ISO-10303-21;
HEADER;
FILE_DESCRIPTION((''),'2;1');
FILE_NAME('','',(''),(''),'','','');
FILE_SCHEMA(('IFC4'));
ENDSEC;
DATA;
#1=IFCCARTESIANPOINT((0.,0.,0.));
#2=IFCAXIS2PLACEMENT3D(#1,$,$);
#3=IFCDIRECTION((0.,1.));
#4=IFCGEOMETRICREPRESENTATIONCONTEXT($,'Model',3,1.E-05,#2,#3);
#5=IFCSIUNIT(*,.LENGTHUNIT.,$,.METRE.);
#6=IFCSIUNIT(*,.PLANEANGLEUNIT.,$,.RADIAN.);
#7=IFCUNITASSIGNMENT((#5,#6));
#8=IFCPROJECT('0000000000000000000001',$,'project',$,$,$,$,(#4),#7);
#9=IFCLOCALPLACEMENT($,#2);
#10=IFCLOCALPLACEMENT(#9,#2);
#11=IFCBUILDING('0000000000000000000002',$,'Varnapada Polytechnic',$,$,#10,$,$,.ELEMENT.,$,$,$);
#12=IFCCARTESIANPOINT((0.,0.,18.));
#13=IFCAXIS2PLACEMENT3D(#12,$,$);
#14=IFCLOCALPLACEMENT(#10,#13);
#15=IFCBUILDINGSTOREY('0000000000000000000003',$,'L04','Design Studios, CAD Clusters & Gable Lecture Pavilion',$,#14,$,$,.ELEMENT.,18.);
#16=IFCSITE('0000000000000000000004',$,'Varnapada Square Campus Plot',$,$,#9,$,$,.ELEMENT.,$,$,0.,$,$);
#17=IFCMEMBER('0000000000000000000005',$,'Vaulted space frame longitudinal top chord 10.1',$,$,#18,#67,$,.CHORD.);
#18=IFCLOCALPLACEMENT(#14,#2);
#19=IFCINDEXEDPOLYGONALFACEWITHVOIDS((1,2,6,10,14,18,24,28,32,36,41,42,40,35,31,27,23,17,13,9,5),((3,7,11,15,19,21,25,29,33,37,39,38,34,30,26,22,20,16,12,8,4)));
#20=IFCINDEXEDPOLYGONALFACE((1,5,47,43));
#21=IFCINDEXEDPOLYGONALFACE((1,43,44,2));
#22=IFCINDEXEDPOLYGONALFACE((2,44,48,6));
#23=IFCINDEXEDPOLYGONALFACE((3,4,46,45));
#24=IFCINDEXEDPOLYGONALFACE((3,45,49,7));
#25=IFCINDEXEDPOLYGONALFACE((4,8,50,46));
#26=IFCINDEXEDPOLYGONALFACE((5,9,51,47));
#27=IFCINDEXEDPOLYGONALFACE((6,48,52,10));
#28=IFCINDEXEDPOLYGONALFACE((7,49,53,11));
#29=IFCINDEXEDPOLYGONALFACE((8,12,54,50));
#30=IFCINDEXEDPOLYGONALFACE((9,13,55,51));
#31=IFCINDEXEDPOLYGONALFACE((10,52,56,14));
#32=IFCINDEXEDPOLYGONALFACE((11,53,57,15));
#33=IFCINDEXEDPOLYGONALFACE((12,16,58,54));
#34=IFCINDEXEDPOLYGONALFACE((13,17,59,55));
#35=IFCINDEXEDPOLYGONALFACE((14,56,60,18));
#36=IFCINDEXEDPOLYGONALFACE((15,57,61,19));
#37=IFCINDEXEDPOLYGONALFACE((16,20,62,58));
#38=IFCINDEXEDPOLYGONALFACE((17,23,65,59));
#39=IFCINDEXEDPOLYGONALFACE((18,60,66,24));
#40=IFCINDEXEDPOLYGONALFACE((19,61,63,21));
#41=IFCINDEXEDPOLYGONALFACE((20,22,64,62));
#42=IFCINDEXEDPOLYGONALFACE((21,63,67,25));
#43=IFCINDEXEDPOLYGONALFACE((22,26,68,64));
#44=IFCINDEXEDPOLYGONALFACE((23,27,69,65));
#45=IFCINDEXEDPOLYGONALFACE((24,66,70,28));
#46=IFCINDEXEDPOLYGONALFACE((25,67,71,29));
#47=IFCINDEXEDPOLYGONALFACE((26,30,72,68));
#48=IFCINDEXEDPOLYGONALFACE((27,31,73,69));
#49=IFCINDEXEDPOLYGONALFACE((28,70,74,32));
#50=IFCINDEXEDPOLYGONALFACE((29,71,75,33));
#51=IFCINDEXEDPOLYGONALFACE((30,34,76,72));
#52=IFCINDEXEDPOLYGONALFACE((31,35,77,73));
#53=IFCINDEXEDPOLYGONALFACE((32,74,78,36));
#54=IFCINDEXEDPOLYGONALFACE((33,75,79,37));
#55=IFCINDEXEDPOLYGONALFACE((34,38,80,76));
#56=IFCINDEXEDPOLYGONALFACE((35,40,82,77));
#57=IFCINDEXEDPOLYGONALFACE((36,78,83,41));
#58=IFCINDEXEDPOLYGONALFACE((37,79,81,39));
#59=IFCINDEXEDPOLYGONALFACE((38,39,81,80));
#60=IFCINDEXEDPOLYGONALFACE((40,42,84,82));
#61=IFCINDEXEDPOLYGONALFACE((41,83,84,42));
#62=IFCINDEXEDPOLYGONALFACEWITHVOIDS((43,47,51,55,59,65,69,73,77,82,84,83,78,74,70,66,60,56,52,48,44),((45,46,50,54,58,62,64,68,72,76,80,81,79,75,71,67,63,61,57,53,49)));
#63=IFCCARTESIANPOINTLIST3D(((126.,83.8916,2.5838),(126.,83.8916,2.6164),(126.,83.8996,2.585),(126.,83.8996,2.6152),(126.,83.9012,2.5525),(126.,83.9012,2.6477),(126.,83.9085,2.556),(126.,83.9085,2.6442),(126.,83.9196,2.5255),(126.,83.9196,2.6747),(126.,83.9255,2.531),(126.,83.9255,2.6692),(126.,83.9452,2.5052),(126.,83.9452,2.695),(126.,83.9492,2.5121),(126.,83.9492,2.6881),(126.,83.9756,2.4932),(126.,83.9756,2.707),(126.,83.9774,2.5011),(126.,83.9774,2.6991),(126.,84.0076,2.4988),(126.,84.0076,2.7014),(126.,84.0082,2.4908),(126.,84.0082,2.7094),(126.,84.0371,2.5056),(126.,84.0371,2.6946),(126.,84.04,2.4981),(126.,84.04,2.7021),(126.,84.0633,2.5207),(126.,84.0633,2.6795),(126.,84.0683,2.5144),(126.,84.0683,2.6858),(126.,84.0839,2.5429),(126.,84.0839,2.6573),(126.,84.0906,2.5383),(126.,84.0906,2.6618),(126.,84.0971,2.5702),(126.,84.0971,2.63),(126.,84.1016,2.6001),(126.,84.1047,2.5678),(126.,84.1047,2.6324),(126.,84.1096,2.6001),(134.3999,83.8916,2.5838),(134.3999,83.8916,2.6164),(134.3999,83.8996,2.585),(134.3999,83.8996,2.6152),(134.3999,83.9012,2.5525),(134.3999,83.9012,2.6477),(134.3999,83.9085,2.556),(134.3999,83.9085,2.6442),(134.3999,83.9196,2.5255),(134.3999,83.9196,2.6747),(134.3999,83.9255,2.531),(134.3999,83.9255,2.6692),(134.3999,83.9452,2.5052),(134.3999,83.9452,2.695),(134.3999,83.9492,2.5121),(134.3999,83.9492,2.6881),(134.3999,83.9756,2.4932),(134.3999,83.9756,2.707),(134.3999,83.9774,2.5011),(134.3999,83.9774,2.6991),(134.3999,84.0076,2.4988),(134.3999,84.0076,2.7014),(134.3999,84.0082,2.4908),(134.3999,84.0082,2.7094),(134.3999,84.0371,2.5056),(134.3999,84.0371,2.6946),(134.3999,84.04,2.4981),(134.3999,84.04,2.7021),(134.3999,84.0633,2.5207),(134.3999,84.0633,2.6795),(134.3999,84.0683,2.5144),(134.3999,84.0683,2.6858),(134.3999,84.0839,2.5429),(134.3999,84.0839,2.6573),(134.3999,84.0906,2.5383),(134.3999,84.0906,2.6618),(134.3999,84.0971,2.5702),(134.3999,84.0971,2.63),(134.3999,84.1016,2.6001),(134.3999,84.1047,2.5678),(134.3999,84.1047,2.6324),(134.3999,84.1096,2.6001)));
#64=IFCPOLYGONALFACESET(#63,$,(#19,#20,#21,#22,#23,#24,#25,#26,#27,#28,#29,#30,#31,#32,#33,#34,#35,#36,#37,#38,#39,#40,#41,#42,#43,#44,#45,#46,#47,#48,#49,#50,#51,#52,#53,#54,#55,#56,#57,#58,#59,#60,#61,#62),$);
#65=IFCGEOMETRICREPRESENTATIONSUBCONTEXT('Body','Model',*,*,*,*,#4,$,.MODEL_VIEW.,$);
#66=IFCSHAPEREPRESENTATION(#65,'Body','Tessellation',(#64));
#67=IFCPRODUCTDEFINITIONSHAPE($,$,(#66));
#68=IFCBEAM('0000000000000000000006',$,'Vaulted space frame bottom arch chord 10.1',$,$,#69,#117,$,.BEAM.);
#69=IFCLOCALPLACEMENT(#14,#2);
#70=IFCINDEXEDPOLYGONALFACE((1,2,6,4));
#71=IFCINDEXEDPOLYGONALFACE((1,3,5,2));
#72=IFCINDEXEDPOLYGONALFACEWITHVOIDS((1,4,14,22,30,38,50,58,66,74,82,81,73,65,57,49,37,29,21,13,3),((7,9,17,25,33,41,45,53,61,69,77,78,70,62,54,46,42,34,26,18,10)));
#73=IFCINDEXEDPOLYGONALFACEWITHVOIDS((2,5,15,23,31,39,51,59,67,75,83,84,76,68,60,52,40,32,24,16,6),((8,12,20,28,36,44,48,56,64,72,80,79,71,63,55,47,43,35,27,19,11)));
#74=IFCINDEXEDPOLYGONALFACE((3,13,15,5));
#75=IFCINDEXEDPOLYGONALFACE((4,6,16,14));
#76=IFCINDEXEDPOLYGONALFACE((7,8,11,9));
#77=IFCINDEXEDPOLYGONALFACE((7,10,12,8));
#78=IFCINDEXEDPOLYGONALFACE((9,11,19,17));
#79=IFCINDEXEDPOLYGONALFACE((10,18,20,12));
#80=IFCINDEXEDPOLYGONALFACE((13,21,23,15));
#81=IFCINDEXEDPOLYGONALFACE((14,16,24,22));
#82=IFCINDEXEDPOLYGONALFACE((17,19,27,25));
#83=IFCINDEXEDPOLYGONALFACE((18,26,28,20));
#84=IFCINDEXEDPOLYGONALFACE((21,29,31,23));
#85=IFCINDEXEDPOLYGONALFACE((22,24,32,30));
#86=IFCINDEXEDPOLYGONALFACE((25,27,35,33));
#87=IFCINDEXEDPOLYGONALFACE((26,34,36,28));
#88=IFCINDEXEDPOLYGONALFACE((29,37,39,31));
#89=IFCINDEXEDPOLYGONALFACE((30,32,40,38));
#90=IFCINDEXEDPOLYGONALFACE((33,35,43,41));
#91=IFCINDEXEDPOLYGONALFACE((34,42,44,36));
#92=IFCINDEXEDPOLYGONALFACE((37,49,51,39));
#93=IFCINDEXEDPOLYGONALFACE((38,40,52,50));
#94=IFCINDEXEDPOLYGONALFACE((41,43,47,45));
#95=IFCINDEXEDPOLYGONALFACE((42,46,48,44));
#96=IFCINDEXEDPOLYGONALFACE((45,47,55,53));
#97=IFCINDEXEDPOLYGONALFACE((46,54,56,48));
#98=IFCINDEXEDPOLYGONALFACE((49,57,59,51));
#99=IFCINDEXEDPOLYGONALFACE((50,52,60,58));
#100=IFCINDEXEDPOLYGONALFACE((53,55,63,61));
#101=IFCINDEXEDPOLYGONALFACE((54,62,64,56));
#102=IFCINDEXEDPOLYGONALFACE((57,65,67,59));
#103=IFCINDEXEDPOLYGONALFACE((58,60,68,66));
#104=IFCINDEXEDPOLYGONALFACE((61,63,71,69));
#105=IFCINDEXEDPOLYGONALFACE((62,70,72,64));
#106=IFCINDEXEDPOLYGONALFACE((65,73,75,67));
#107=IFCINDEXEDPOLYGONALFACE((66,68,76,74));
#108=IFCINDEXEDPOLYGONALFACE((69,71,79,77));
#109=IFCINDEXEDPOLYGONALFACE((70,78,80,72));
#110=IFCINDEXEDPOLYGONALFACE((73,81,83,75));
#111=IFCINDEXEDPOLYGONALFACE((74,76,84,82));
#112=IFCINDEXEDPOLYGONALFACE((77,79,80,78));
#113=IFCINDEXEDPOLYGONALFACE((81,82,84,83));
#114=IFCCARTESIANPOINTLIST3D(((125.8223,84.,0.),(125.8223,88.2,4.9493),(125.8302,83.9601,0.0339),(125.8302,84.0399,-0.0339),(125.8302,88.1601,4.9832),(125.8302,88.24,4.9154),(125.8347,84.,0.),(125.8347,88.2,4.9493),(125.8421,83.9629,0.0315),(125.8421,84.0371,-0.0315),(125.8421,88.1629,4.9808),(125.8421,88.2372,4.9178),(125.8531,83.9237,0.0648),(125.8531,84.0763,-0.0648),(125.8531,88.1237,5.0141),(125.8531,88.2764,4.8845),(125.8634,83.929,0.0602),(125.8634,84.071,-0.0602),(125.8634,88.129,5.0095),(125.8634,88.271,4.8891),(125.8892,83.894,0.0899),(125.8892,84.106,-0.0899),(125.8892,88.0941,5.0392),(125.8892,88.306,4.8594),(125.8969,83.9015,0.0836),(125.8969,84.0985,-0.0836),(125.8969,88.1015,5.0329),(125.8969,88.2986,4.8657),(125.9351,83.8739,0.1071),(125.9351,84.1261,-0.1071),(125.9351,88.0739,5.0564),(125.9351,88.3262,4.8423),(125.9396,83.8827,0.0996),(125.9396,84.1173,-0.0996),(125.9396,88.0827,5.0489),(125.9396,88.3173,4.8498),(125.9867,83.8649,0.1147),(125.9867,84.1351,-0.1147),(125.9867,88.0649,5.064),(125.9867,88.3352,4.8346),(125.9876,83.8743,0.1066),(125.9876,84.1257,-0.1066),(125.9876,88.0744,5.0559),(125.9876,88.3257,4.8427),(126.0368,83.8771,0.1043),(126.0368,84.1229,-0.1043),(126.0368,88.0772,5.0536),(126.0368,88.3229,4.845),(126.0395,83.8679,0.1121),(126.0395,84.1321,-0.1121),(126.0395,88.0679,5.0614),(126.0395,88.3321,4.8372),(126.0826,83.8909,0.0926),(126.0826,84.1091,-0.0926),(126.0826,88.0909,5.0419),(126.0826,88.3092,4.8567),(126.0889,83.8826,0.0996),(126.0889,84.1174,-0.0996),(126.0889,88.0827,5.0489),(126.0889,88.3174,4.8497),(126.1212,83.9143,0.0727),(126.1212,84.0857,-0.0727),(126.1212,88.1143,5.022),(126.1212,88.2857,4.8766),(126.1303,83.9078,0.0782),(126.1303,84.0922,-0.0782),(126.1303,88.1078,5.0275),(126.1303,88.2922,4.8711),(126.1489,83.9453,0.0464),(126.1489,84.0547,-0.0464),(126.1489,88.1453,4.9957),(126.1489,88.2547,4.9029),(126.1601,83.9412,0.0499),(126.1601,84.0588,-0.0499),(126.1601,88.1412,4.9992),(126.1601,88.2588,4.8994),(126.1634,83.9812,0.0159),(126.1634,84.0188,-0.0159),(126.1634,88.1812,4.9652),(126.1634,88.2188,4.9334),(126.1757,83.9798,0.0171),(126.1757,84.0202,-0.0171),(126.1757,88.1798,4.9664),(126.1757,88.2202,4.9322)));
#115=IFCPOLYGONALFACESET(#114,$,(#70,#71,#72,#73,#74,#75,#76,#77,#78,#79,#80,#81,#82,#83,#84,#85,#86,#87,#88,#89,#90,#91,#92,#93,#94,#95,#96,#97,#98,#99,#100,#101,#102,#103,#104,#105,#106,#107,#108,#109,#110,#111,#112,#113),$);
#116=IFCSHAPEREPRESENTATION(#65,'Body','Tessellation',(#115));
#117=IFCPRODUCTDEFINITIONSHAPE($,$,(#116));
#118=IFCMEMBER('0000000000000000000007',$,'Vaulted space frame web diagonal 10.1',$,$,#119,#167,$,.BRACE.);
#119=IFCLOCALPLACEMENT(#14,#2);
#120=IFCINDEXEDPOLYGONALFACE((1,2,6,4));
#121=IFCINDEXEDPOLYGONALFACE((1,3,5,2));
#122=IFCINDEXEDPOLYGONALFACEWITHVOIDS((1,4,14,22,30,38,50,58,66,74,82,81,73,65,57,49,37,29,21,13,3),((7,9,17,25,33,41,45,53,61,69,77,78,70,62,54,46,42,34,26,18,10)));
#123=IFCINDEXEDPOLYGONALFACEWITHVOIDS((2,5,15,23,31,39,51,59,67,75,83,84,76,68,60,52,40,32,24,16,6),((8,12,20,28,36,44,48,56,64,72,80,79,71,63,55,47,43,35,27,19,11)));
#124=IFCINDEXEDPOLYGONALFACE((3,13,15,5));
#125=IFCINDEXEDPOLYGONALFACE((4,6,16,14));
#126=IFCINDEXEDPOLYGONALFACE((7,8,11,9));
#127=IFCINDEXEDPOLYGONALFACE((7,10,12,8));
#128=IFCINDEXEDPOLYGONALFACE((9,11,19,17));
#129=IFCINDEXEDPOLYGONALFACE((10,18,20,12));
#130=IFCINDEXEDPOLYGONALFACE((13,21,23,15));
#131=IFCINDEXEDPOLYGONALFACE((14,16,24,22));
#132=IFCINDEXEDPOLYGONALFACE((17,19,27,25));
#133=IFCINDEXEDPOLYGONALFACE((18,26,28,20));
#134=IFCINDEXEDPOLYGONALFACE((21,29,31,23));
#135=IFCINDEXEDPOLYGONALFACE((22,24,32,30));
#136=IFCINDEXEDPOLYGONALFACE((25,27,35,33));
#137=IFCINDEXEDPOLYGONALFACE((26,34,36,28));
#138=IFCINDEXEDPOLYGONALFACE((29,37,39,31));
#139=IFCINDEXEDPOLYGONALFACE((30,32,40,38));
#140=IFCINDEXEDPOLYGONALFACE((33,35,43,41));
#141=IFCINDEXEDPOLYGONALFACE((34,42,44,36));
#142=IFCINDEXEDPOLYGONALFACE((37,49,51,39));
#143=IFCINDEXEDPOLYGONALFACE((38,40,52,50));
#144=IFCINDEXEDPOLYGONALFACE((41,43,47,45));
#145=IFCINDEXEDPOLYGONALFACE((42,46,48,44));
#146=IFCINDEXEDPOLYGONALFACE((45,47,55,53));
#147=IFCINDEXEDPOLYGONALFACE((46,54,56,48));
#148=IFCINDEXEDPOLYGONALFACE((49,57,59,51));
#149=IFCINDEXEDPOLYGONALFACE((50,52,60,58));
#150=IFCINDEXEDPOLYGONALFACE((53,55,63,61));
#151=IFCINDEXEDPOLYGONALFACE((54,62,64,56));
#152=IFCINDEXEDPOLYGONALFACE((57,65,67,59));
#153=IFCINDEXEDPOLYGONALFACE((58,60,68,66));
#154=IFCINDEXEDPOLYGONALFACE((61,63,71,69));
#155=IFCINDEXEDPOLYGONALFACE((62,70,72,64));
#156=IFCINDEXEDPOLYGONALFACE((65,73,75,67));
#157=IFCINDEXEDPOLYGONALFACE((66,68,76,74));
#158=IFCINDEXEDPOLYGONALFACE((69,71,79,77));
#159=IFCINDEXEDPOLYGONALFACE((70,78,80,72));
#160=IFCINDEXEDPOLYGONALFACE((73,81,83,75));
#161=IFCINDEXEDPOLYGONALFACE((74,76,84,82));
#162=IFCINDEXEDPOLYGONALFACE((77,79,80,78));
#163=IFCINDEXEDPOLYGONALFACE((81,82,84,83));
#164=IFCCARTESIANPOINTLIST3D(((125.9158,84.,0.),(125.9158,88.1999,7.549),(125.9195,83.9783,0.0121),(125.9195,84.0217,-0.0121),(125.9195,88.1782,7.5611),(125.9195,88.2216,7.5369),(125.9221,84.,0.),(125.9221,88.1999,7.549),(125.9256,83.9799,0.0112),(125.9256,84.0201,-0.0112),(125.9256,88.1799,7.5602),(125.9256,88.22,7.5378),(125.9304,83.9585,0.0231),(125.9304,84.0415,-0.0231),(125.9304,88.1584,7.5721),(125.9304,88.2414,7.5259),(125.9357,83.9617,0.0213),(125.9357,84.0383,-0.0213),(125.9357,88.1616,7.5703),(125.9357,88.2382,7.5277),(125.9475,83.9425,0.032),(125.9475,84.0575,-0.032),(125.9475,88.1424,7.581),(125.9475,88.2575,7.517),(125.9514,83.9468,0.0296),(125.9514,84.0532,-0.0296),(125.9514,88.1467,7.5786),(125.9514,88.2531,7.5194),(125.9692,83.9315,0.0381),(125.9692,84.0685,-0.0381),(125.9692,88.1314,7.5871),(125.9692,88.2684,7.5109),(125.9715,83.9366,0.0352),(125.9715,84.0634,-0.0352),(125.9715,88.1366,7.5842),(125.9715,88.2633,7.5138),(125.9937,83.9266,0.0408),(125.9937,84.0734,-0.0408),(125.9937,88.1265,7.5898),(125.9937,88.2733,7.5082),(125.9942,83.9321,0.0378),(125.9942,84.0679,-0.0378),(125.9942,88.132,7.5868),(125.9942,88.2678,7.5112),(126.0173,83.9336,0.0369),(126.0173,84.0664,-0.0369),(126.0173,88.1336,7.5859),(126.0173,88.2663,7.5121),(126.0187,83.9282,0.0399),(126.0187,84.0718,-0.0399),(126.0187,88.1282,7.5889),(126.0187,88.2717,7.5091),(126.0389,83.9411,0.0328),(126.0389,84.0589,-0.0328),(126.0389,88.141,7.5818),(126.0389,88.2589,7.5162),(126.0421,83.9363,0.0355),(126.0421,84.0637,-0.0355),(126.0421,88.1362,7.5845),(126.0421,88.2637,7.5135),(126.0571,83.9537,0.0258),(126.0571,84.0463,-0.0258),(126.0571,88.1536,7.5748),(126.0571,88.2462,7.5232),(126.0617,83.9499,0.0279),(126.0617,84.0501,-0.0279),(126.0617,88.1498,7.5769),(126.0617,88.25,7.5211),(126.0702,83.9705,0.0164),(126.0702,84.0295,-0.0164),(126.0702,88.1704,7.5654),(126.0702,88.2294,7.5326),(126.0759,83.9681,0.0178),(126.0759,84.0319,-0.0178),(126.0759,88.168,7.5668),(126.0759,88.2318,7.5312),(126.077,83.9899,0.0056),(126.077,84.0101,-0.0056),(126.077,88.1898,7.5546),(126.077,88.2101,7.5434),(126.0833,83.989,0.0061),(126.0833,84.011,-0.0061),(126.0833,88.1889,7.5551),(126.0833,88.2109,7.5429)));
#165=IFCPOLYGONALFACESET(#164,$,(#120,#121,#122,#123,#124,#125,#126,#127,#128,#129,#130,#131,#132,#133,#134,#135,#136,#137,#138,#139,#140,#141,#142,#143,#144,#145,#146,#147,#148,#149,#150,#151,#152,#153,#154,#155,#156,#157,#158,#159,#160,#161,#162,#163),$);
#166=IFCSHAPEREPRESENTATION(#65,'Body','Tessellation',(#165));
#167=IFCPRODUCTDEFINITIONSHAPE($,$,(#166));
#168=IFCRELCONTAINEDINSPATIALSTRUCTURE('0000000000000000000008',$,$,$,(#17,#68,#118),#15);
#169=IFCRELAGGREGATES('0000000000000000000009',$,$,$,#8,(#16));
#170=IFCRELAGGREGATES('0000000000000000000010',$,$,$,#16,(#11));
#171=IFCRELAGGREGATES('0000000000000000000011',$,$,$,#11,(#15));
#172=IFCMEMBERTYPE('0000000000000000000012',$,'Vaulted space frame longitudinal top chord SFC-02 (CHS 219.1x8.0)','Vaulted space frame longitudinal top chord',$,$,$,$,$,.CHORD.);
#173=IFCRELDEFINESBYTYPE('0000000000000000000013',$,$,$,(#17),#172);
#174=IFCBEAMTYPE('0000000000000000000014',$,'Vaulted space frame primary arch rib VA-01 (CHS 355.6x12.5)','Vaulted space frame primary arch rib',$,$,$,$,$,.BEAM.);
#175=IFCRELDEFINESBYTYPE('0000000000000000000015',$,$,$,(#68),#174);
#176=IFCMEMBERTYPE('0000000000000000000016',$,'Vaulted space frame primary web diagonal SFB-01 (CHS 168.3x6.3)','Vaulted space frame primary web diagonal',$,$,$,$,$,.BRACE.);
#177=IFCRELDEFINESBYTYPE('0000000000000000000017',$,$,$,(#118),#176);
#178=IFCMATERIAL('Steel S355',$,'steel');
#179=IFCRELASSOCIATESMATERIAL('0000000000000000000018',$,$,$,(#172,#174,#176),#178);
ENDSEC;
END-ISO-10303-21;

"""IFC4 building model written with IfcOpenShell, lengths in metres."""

from ifc_helpers import new_model, si_unit, direction, frame, origin, origin_2d, place, context, subcontext, project, spatial, hollow_circle, extrude, material, material_profile, profile_set, type_object, element, save


model = new_model("IFC4")

# Units and contexts
model_context = context("Model", 3, precision=1e-05, world=origin(), true_north=direction((0.0, 1.0)))
body_context = subcontext(model_context, "Body", "Model", "MODEL_VIEW")
ifc_project = project(units=[si_unit("LENGTHUNIT", "METRE"), si_unit("PLANEANGLEUNIT", "RADIAN")], contexts=[model_context])

# Site, building, storey
site_placement = place(None, origin())
site = spatial("IfcSite", under=ifc_project, at=site_placement, Name="Varnapada Square Campus Plot", CompositionType="ELEMENT", RefElevation=0.0)
building_placement = place(site_placement, origin())
building = spatial("IfcBuilding", under=site, at=building_placement, Name="Varnapada Polytechnic", CompositionType="ELEMENT")
storey_placement = place(building_placement, frame((0.0, 0.0, 18.0)))
storey = spatial("IfcBuildingStorey", under=building, at=storey_placement, Name="L04", Description="Design Studios, CAD Clusters & Gable Lecture Pavilion", CompositionType="ELEMENT", Elevation=18.0)

# Shared definitions
ifc_material = material(Name="Steel S355", Category="steel")

# Member
ifc_material_profile_1 = material_profile(ifc_material, hollow_circle(Radius=0.1096, WallThickness=0.0081, at=origin_2d()), Name="CHS 219.1x8.0")
ifc_profile_set_1 = profile_set([ifc_material_profile_1], Name="Steel S355")
member_type_1 = type_object("IfcMemberType", Name="Vaulted space frame longitudinal top chord SFC-02 (CHS 219.1x8.0)", Description="Vaulted space frame longitudinal top chord", PredefinedType="CHORD", material=ifc_profile_set_1)
member_1_placement = place(storey_placement, frame((126.0, 84.0, 2.6001), z_axis=(1.0, 0.0, 0.0), x_axis=(0.0, 1.0, 0.0)))
element("IfcMember", 1, at=member_1_placement, inside=storey, type_object=member_type_1, Name="Vaulted space frame longitudinal top chord 10.1", PredefinedType="CHORD", context=body_context, shape_type="SweptSolid", body=[
    extrude(hollow_circle(Radius=0.1096, WallThickness=0.0081, at=origin_2d()), origin(), (0.0, 0.0, 1.0), 8.3999),
])

# Beam
ifc_material_profile_2 = material_profile(ifc_material, hollow_circle(Radius=0.1777, WallThickness=0.0125, at=origin_2d()), Name="CHS 355.6x12.5")
ifc_profile_set_2 = profile_set([ifc_material_profile_2], Name="Steel S355")
beam_type_1 = type_object("IfcBeamType", Name="Vaulted space frame primary arch rib VA-01 (CHS 355.6x12.5)", Description="Vaulted space frame primary arch rib", PredefinedType="BEAM", material=ifc_profile_set_2)
beam_1_placement = place(storey_placement, frame((126.0, 84.0, 0.0), z_axis=(0.0, 0.647032, 0.762462), x_axis=(-1.0, 0.0, 0.0)))
element("IfcBeam", 2, at=beam_1_placement, inside=storey, type_object=beam_type_1, Name="Vaulted space frame bottom arch chord 10.1", PredefinedType="BEAM", context=body_context, shape_type="SweptSolid", body=[
    extrude(hollow_circle(Radius=0.1777, WallThickness=0.0125, at=origin_2d()), origin(), (0.0, 0.0, 1.0), 6.4912),
])

# Member
ifc_material_profile_3 = material_profile(ifc_material, hollow_circle(Radius=0.0842, WallThickness=0.0063, at=origin_2d()), Name="CHS 168.3x6.3")
ifc_profile_set_3 = profile_set([ifc_material_profile_3], Name="Steel S355")
member_type_2 = type_object("IfcMemberType", Name="Vaulted space frame primary web diagonal SFB-01 (CHS 168.3x6.3)", Description="Vaulted space frame primary web diagonal", PredefinedType="BRACE", material=ifc_profile_set_3)
member_2_placement = place(storey_placement, frame((126.0, 84.0, 0.0), z_axis=(0.0, 0.486176, 0.873861), x_axis=(-1.0, 0.0, 0.0)))
element("IfcMember", 3, at=member_2_placement, inside=storey, type_object=member_type_2, Name="Vaulted space frame web diagonal 10.1", PredefinedType="BRACE", context=body_context, shape_type="SweptSolid", body=[
    extrude(hollow_circle(Radius=0.0842, WallThickness=0.0063, at=origin_2d()), origin(), (0.0, 0.0, 1.0), 8.6387),
])

save(model, "model.ifc")
